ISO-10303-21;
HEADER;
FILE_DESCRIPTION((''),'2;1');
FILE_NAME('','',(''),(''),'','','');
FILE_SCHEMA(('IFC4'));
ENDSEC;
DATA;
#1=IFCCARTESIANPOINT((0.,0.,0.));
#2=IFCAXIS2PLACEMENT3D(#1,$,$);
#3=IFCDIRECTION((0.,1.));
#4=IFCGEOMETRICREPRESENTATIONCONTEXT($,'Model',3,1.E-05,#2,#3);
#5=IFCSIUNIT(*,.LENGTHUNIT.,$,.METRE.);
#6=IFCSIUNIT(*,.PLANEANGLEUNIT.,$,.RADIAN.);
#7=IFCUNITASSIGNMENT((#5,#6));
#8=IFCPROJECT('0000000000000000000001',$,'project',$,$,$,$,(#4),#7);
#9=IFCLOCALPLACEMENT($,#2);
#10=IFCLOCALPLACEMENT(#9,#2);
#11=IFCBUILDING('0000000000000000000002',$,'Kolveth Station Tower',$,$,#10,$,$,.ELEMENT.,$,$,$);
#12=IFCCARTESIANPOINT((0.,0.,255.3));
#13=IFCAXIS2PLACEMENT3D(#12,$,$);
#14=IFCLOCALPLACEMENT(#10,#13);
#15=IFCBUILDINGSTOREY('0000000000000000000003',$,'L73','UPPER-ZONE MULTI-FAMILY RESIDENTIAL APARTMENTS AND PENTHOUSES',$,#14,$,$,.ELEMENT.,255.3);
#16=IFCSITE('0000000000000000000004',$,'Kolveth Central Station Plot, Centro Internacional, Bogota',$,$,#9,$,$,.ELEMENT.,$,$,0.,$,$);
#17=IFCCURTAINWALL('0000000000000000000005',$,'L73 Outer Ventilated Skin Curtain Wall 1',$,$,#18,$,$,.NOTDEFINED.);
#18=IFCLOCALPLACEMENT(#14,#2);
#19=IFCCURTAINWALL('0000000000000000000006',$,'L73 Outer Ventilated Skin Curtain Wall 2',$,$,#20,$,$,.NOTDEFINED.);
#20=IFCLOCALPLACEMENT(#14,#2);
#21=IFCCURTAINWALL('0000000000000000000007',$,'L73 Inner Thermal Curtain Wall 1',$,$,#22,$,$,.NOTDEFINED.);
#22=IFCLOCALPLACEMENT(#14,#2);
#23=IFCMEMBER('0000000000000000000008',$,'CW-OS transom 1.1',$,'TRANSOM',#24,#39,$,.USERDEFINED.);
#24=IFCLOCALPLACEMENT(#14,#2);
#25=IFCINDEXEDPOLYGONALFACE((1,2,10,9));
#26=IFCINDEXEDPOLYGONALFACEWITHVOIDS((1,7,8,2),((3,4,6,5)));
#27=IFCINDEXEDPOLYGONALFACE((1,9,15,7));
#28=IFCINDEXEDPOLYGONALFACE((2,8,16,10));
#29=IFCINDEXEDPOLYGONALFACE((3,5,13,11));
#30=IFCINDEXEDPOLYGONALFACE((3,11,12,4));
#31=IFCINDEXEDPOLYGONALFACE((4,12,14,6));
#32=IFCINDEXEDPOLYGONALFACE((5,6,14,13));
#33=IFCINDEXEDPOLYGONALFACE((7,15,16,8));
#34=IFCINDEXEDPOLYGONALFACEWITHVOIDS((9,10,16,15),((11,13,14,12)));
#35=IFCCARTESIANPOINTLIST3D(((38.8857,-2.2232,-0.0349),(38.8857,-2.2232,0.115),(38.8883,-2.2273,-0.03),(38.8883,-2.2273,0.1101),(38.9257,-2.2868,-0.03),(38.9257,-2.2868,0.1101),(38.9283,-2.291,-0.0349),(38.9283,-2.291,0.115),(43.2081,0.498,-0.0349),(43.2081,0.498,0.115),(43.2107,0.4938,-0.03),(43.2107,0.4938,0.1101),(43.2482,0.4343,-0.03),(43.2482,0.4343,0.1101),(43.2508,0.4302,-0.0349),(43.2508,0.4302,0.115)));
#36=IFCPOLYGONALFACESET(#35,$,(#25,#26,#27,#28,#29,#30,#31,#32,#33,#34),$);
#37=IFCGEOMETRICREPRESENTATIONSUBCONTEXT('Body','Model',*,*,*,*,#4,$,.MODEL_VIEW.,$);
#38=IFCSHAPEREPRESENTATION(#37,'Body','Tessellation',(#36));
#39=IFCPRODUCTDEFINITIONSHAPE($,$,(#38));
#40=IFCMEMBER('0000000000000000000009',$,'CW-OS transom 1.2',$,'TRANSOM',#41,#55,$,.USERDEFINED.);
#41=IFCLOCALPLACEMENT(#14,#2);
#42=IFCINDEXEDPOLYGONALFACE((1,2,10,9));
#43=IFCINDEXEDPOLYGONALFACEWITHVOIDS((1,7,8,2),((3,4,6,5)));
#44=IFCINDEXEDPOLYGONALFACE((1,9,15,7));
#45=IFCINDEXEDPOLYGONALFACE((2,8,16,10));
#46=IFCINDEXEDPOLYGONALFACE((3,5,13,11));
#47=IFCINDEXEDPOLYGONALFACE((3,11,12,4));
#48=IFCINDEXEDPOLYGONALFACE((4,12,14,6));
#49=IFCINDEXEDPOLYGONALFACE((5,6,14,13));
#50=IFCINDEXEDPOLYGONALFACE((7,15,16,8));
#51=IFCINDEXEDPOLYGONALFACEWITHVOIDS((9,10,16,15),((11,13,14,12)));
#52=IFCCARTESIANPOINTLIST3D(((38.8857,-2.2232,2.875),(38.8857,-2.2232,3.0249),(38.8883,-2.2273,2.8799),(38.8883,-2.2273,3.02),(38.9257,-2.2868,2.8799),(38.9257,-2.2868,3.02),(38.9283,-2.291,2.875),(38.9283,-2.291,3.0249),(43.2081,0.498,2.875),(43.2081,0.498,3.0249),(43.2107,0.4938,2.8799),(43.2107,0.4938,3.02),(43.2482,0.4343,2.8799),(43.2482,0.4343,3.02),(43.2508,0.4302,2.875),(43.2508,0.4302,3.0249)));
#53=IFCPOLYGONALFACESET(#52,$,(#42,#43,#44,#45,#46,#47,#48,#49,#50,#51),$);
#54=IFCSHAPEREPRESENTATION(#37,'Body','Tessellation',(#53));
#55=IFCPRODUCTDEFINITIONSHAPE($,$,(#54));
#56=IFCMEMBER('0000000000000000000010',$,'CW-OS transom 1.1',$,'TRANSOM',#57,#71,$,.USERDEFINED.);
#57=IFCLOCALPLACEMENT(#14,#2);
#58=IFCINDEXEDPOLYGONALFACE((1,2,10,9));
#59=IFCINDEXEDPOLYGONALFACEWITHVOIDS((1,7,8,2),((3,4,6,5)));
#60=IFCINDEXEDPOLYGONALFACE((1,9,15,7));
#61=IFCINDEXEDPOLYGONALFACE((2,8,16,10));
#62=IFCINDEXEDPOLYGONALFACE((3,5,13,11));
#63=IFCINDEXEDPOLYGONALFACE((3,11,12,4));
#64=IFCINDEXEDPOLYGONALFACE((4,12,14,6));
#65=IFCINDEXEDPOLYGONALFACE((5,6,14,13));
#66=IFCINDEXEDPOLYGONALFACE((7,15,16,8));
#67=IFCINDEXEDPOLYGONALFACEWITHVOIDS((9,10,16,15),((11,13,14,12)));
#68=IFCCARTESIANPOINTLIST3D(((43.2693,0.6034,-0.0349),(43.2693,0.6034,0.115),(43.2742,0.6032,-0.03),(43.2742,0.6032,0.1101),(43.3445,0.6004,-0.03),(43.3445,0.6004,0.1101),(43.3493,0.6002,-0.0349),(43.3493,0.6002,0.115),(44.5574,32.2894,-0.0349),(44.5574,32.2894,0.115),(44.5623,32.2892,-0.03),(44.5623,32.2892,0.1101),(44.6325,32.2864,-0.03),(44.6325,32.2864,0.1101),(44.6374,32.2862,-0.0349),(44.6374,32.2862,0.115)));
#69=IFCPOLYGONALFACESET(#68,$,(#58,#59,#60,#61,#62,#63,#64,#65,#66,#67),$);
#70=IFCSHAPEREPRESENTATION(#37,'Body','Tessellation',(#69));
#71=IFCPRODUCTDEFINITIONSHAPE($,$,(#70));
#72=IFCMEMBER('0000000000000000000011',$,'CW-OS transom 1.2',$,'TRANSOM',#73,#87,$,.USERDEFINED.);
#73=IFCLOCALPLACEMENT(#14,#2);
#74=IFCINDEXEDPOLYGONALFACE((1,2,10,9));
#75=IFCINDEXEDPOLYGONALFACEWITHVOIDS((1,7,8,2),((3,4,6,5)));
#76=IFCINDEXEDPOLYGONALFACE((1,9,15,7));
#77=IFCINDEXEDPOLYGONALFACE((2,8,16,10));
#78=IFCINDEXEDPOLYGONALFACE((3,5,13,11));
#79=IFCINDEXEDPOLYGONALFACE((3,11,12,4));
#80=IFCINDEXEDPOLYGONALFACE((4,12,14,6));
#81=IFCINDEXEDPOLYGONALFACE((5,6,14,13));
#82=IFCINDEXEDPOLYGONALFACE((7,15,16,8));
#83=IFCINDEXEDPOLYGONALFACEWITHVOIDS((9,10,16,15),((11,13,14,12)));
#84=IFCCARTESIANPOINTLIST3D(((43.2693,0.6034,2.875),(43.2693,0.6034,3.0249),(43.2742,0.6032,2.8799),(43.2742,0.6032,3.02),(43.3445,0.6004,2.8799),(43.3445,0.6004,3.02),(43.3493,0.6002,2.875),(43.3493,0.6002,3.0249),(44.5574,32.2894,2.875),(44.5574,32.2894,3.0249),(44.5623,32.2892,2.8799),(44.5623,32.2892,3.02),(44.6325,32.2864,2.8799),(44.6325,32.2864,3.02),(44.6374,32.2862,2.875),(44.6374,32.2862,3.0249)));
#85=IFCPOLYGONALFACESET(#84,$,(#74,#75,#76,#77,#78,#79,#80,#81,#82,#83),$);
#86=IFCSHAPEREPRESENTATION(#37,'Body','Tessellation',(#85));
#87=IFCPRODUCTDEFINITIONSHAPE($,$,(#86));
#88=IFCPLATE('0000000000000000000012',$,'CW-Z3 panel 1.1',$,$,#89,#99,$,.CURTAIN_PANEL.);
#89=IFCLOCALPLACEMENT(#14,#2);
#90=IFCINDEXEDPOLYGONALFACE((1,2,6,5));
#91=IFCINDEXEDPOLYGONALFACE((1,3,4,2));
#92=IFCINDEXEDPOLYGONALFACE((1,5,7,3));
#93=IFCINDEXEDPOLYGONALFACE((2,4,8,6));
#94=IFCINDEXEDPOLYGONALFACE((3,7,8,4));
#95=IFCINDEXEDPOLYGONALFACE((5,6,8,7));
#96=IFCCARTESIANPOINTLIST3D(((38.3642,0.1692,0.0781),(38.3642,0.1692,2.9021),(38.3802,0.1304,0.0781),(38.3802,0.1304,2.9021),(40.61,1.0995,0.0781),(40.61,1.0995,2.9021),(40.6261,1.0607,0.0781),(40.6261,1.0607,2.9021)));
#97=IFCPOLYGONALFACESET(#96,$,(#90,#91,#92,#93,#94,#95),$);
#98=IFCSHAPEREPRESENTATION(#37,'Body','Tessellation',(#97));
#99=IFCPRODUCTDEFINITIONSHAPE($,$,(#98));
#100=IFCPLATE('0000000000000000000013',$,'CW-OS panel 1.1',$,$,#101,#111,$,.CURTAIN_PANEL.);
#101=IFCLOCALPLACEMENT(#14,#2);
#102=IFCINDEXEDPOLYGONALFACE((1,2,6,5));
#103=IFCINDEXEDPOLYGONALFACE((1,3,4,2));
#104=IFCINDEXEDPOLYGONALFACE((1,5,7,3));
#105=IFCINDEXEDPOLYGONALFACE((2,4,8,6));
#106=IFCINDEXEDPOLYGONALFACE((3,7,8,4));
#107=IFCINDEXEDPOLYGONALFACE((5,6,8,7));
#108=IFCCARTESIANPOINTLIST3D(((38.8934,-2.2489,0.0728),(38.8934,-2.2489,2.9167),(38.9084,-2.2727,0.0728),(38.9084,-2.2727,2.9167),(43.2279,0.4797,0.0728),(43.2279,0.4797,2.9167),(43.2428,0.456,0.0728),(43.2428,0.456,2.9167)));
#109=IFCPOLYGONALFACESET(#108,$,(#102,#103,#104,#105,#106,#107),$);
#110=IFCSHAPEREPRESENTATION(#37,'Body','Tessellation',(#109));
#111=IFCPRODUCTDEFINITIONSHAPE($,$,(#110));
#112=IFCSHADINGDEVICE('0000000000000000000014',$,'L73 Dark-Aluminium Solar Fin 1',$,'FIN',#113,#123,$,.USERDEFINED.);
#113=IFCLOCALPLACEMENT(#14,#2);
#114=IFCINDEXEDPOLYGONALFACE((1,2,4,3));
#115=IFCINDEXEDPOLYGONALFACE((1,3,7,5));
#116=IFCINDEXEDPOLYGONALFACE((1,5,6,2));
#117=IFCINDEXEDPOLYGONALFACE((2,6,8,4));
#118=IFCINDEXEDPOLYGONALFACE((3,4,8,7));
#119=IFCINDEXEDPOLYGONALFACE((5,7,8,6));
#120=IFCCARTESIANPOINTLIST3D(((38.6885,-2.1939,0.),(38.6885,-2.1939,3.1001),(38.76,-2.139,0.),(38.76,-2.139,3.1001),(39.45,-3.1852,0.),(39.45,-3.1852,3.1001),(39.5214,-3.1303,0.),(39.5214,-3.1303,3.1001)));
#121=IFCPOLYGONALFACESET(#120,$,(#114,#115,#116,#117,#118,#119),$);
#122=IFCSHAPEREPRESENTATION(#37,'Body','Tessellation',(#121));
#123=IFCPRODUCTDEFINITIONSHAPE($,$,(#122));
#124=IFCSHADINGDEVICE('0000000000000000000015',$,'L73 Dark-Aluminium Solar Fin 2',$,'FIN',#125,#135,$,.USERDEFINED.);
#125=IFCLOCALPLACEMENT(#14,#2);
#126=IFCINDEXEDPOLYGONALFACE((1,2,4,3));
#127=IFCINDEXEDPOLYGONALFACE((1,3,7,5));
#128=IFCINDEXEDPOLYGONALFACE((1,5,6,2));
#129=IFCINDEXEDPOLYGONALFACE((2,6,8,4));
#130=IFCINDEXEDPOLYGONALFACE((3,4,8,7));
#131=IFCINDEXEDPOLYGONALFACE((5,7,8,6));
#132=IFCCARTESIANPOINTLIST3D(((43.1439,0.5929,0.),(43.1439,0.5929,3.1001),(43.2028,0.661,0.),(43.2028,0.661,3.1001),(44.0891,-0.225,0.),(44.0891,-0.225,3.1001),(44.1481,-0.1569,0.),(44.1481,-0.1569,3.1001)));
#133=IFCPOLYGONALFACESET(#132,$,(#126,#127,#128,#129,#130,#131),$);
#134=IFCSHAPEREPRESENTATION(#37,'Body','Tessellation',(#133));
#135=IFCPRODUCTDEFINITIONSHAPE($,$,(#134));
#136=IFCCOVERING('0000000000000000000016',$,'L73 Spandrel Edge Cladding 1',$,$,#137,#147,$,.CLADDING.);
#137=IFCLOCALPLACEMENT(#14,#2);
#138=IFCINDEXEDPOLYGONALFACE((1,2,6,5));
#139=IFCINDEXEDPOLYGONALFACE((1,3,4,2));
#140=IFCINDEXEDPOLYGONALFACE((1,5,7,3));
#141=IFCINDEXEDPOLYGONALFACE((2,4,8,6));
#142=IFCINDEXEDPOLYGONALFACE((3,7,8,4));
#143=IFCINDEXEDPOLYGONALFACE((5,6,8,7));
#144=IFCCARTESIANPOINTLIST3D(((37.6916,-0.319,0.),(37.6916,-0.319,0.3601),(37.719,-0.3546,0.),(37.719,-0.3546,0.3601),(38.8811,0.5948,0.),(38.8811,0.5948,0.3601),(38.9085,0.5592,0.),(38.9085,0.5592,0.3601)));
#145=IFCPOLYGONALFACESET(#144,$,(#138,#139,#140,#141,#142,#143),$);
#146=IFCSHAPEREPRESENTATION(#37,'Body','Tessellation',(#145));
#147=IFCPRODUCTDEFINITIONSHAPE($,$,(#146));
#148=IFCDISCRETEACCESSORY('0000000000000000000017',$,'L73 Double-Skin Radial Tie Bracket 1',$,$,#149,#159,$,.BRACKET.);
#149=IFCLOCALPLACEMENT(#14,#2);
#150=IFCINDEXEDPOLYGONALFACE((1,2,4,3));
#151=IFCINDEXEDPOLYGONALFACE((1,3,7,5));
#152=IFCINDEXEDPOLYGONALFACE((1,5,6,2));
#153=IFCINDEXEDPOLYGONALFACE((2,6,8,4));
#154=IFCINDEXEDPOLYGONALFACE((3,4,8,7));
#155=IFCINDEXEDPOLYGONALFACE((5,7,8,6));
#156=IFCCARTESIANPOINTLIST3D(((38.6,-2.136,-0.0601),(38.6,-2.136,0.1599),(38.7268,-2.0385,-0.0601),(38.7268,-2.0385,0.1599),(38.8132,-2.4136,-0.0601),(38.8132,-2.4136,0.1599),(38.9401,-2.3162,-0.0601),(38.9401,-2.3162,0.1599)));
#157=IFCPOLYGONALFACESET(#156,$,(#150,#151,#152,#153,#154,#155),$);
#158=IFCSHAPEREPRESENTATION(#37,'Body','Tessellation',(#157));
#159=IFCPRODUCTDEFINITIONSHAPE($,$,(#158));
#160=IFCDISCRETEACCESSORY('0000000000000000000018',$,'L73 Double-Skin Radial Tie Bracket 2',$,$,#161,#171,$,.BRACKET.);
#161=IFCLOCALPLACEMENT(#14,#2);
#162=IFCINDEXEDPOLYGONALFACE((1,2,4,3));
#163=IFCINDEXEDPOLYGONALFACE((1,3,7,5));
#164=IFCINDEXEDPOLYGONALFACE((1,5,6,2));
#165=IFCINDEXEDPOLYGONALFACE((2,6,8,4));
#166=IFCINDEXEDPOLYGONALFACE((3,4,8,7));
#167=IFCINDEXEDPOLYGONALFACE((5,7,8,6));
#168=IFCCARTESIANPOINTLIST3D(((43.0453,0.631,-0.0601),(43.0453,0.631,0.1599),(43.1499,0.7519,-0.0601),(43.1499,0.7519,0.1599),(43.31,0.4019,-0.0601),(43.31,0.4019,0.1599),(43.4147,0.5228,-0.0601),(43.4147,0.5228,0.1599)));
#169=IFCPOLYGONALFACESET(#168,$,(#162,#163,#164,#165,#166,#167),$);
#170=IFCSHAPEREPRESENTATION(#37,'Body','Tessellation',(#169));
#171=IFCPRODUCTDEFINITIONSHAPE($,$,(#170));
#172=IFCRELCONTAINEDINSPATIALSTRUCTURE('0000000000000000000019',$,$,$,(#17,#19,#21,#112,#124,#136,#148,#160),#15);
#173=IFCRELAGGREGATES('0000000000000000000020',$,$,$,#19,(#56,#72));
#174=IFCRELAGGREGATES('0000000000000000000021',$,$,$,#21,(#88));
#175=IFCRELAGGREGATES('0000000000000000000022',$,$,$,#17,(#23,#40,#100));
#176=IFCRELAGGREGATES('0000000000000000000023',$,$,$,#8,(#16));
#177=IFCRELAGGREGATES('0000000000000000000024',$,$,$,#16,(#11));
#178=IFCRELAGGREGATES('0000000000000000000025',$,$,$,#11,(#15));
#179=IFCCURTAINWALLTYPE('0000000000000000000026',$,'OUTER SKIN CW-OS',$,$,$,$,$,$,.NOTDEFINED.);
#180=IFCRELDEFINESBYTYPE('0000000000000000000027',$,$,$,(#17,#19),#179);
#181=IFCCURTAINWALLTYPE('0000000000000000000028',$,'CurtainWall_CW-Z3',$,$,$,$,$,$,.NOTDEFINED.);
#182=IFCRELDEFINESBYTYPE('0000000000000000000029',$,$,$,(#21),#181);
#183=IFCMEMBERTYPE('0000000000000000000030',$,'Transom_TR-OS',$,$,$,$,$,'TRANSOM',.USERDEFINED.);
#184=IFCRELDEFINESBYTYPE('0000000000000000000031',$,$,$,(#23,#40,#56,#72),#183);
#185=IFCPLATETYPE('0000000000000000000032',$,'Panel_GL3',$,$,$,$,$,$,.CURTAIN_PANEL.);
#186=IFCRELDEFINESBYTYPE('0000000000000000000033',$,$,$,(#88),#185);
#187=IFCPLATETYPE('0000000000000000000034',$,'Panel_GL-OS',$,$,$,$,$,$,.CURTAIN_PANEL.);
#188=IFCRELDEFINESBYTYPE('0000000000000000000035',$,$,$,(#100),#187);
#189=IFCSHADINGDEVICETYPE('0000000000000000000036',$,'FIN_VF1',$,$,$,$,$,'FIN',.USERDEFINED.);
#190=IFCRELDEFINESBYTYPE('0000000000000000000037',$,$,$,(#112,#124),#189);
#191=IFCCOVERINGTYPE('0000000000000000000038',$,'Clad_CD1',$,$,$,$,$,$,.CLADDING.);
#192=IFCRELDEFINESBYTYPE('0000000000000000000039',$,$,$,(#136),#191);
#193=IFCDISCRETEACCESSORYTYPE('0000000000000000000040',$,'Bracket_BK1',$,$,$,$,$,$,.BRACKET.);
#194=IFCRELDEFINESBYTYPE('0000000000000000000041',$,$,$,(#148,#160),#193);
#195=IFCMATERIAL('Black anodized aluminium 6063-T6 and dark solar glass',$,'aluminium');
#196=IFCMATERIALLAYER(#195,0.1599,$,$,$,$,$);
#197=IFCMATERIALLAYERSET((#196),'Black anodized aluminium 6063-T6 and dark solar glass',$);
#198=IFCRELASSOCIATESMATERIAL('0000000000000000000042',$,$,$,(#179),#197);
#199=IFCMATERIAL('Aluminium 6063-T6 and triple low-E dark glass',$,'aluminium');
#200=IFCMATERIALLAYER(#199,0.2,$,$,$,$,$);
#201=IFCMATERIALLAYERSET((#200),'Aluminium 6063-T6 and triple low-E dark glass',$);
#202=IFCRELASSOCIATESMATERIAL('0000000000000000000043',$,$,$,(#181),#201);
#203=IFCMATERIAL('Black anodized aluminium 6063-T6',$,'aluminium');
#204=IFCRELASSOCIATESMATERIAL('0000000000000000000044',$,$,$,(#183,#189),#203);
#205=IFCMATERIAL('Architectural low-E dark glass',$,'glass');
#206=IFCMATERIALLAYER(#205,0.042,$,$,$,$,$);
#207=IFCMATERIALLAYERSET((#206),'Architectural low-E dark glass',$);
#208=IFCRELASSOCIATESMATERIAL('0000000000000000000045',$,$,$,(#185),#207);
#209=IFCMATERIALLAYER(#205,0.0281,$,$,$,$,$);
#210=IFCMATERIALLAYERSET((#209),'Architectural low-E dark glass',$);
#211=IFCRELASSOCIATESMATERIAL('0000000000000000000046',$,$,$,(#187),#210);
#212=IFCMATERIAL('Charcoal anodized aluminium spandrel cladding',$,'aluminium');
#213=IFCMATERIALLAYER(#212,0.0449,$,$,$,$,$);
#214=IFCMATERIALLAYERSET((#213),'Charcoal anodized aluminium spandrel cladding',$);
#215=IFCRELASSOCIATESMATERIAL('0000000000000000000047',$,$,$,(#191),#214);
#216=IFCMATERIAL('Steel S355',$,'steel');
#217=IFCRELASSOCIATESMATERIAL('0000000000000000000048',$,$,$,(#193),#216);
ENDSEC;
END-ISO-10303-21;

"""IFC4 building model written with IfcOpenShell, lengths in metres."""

from ifc_helpers import new_model, si_unit, direction, frame, origin, origin_2d, place, context, subcontext, project, spatial, rectangle, hollow_rectangle, extrude, source, transform, mapped, material, layer, layer_set, material_profile, profile_set, type_object, element, aggregate, save


model = new_model("IFC4")

# Units and contexts
model_context = context("Model", 3, precision=1e-05, world=origin(), true_north=direction((0.0, 1.0)))
body_context = subcontext(model_context, "Body", "Model", "MODEL_VIEW")
ifc_project = project(units=[si_unit("LENGTHUNIT", "METRE"), si_unit("PLANEANGLEUNIT", "RADIAN")], contexts=[model_context])

# Site, building, storey
site_placement = place(None, origin())
site = spatial("IfcSite", under=ifc_project, at=site_placement, Name="Kolveth Central Station Plot, Centro Internacional, Bogota", CompositionType="ELEMENT", RefElevation=0.0)
building_placement = place(site_placement, origin())
building = spatial("IfcBuilding", under=site, at=building_placement, Name="Kolveth Station Tower", CompositionType="ELEMENT")
storey_placement = place(building_placement, frame((0.0, 0.0, 255.3)))
storey = spatial("IfcBuildingStorey", under=building, at=storey_placement, Name="L73", Description="UPPER-ZONE MULTI-FAMILY RESIDENTIAL APARTMENTS AND PENTHOUSES", CompositionType="ELEMENT", Elevation=255.3)

# Curtain wall
ifc_material_1 = material(Name="Black anodized aluminium 6063-T6 and dark solar glass", Category="aluminium")
ifc_layer_1 = layer(ifc_material_1, 0.1599)
ifc_layer_set_1 = layer_set([ifc_layer_1], Name="Black anodized aluminium 6063-T6 and dark solar glass")
curtain_wall_type_1 = type_object("IfcCurtainWallType", Name="OUTER SKIN CW-OS", PredefinedType="NOTDEFINED", material=ifc_layer_set_1)
curtain_wall_1_placement = place(storey_placement, origin())
curtain_wall_1 = element("IfcCurtainWall", 1, at=curtain_wall_1_placement, inside=storey, type_object=curtain_wall_type_1, Name="L73 Outer Ventilated Skin Curtain Wall 1", PredefinedType="NOTDEFINED")
ifc_material_2 = material(Name="Black anodized aluminium 6063-T6", Category="aluminium")

# Curtain wall
curtain_wall_2_placement = place(storey_placement, origin())
curtain_wall_2 = element("IfcCurtainWall", 2, at=curtain_wall_2_placement, inside=storey, type_object=curtain_wall_type_1, Name="L73 Outer Ventilated Skin Curtain Wall 2", PredefinedType="NOTDEFINED")

# Curtain wall
ifc_material_3 = material(Name="Aluminium 6063-T6 and triple low-E dark glass", Category="aluminium")
ifc_layer_2 = layer(ifc_material_3, 0.2)
ifc_layer_set_2 = layer_set([ifc_layer_2], Name="Aluminium 6063-T6 and triple low-E dark glass")
curtain_wall_type_2 = type_object("IfcCurtainWallType", Name="CurtainWall_CW-Z3", PredefinedType="NOTDEFINED", material=ifc_layer_set_2)
curtain_wall_3_placement = place(storey_placement, origin())
curtain_wall_3 = element("IfcCurtainWall", 3, at=curtain_wall_3_placement, inside=storey, type_object=curtain_wall_type_2, Name="L73 Inner Thermal Curtain Wall 1", PredefinedType="NOTDEFINED")

# Members
ifc_material_profile_1 = material_profile(ifc_material_2, hollow_rectangle(XDim=0.0801, YDim=0.1499, WallThickness=0.0049, at=origin_2d()), Name="ALU-80x150x5")
ifc_profile_set_1 = profile_set([ifc_material_profile_1], Name="Black anodized aluminium 6063-T6")
member_type_1 = type_object("IfcMemberType", Name="Transom_TR-OS", ElementType="TRANSOM", PredefinedType="USERDEFINED", material=ifc_profile_set_1)
shared_shape_1 = source(origin(), body_context, "Body", "SweptSolid", [
    extrude(hollow_rectangle(XDim=0.0801, YDim=0.1499, WallThickness=0.0049, at=origin_2d()), origin(), (0.0, 0.0, 1.0), 5.1077),
])
member_1_placement = place(storey_placement, frame((38.907, -2.2571, 0.04), z_axis=(0.846267, 0.532759, 0.0), x_axis=(-0.532759, 0.846267, 0.0)))
member_1 = element("IfcMember", 4, at=member_1_placement, type_object=member_type_1, Name="CW-OS transom 1.1", ObjectType="TRANSOM", PredefinedType="USERDEFINED", context=body_context, shape_type="MappedRepresentation", body=[
    mapped(shared_shape_1, transform((0.0, 0.0, 0.0), x_axis=(1.0, 0.0, 0.0), y_axis=(0.0, 1.0, 0.0), z_axis=(0.0, 0.0, 1.0), scale=1.0)),
])
member_2_placement = place(storey_placement, frame((38.907, -2.2571, 2.95), z_axis=(0.846267, 0.532759, 0.0), x_axis=(-0.532759, 0.846267, 0.0)))
member_2 = element("IfcMember", 5, at=member_2_placement, type_object=member_type_1, Name="CW-OS transom 1.2", ObjectType="TRANSOM", PredefinedType="USERDEFINED", context=body_context, shape_type="MappedRepresentation", body=[
    mapped(shared_shape_1, transform((0.0, 0.0, 0.0), x_axis=(1.0, 0.0, 0.0), y_axis=(0.0, 1.0, 0.0), z_axis=(0.0, 0.0, 1.0), scale=1.0)),
])
shared_shape_2 = source(origin(), body_context, "Body", "SweptSolid", [
    extrude(hollow_rectangle(XDim=0.0801, YDim=0.1499, WallThickness=0.0049, at=origin_2d()), origin(), (0.0, 0.0, 1.0), 31.7122),
])
member_3_placement = place(storey_placement, frame((43.3093, 0.6018, 0.04), z_axis=(0.040618, 0.999175, 0.0), x_axis=(-0.999175, 0.040618, 0.0)))
member_3 = element("IfcMember", 6, at=member_3_placement, type_object=member_type_1, Name="CW-OS transom 1.1", ObjectType="TRANSOM", PredefinedType="USERDEFINED", context=body_context, shape_type="MappedRepresentation", body=[
    mapped(shared_shape_2, transform((0.0, 0.0, 0.0), x_axis=(1.0, 0.0, 0.0), y_axis=(0.0, 1.0, 0.0), z_axis=(0.0, 0.0, 1.0), scale=1.0)),
])
member_4_placement = place(storey_placement, frame((43.3093, 0.6018, 2.95), z_axis=(0.040618, 0.999175, 0.0), x_axis=(-0.999175, 0.040618, 0.0)))
member_4 = element("IfcMember", 7, at=member_4_placement, type_object=member_type_1, Name="CW-OS transom 1.2", ObjectType="TRANSOM", PredefinedType="USERDEFINED", context=body_context, shape_type="MappedRepresentation", body=[
    mapped(shared_shape_2, transform((0.0, 0.0, 0.0), x_axis=(1.0, 0.0, 0.0), y_axis=(0.0, 1.0, 0.0), z_axis=(0.0, 0.0, 1.0), scale=1.0)),
])
aggregate(curtain_wall_2, [member_3, member_4])

# Plates
ifc_material_4 = material(Name="Architectural low-E dark glass", Category="glass")
ifc_layer_3 = layer(ifc_material_4, 0.042)
ifc_layer_set_3 = layer_set([ifc_layer_3], Name="Architectural low-E dark glass")
plate_type_1 = type_object("IfcPlateType", Name="Panel_GL3", PredefinedType="CURTAIN_PANEL", material=ifc_layer_set_3)
shared_shape_3 = source(origin(), body_context, "Body", "SweptSolid", [
    extrude(rectangle(XDim=2.4309, YDim=0.042, at=origin_2d()), origin(), (0.0, 0.0, 1.0), 2.824),
])
plate_1_placement = place(storey_placement, frame((39.4951, 0.615, 0.0781), z_axis=(0.0, 0.0, 1.0), x_axis=(0.923875, 0.382693, 0.0)))
plate_1 = element("IfcPlate", 8, at=plate_1_placement, type_object=plate_type_1, Name="CW-Z3 panel 1.1", PredefinedType="CURTAIN_PANEL", context=body_context, shape_type="MappedRepresentation", body=[
    mapped(shared_shape_3, transform((0.0, 0.0, 0.0), x_axis=(1.0, 0.0, 0.0), y_axis=(0.0, 1.0, 0.0), z_axis=(0.0, 0.0, 1.0), scale=1.0)),
])
aggregate(curtain_wall_3, [plate_1])
ifc_layer_4 = layer(ifc_material_4, 0.0281)
ifc_layer_set_4 = layer_set([ifc_layer_4], Name="Architectural low-E dark glass")
plate_type_2 = type_object("IfcPlateType", Name="Panel_GL-OS", PredefinedType="CURTAIN_PANEL", material=ifc_layer_set_4)
shared_shape_4 = source(origin(), body_context, "Body", "SweptSolid", [
    extrude(rectangle(XDim=5.1218, YDim=0.0281, at=origin_2d()), origin(), (0.0, 0.0, 1.0), 2.844),
])
plate_2_placement = place(storey_placement, frame((41.0681, -0.8965, 0.0728), z_axis=(0.0, 0.0, 1.0), x_axis=(0.846275, 0.532747, 0.0)))
plate_2 = element("IfcPlate", 9, at=plate_2_placement, type_object=plate_type_2, Name="CW-OS panel 1.1", PredefinedType="CURTAIN_PANEL", context=body_context, shape_type="MappedRepresentation", body=[
    mapped(shared_shape_4, transform((0.0, 0.0, 0.0), x_axis=(1.0, 0.0, 0.0), y_axis=(0.0, 1.0, 0.0), z_axis=(0.0, 0.0, 1.0), scale=1.0)),
])
aggregate(curtain_wall_1, [member_1, member_2, plate_2])

# Shading devices
shading_device_type = type_object("IfcShadingDeviceType", Name="FIN_VF1", ElementType="FIN", PredefinedType="USERDEFINED", material=ifc_material_2)
shared_shape_5 = source(origin(), body_context, "Body", "SweptSolid", [
    extrude(rectangle(XDim=1.25, YDim=0.0901, at=origin_2d()), origin(), (0.0, 0.0, 1.0), 3.1001),
])
for number, where, z_axis, x_axis, name in (
    (10, (39.105, -2.6621, 0.0), (0.0, 0.0, 1.0), (0.609177, -0.793034, 0.0), "L73 Dark-Aluminium Solar Fin 1"),
    (11, (43.646, 0.218, 0.0), (0.0, 0.0, 1.0), (0.756196, -0.654345, 0.0), "L73 Dark-Aluminium Solar Fin 2"),
):
    element("IfcShadingDevice", number, at=place(storey_placement, frame(where, z_axis=z_axis, x_axis=x_axis)), inside=storey, type_object=shading_device_type, Name=name, ObjectType="FIN", PredefinedType="USERDEFINED", context=body_context, shape_type="MappedRepresentation", body=[
        mapped(shared_shape_5, transform((0.0, 0.0, 0.0), x_axis=(1.0, 0.0, 0.0), y_axis=(0.0, 1.0, 0.0), z_axis=(0.0, 0.0, 1.0), scale=1.0)),
    ])

# Covering
ifc_material_5 = material(Name="Charcoal anodized aluminium spandrel cladding", Category="aluminium")
ifc_layer_5 = layer(ifc_material_5, 0.0449)
ifc_layer_set_5 = layer_set([ifc_layer_5], Name="Charcoal anodized aluminium spandrel cladding")
covering_type = type_object("IfcCoveringType", Name="Clad_CD1", PredefinedType="CLADDING", material=ifc_layer_set_5)
shared_shape_6 = source(origin(), body_context, "Body", "SweptSolid", [
    extrude(rectangle(XDim=1.5, YDim=0.0449, at=origin_2d()), origin(), (0.0, 0.0, 1.0), 0.3601),
])
covering_placement = place(storey_placement, frame((38.3, 0.1201, 0.0), z_axis=(0.0, 0.0, 1.0), x_axis=(0.793034, 0.609177, 0.0)))
element("IfcCovering", 12, at=covering_placement, inside=storey, type_object=covering_type, Name="L73 Spandrel Edge Cladding 1", PredefinedType="CLADDING", context=body_context, shape_type="MappedRepresentation", body=[
    mapped(shared_shape_6, transform((0.0, 0.0, 0.0), x_axis=(1.0, 0.0, 0.0), y_axis=(0.0, 1.0, 0.0), z_axis=(0.0, 0.0, 1.0), scale=1.0)),
])

# Discrete accessories
ifc_material_6 = material(Name="Steel S355", Category="steel")
discrete_accessory_type = type_object("IfcDiscreteAccessoryType", Name="Bracket_BK1", PredefinedType="BRACKET", material=ifc_material_6)
shared_shape_7 = source(origin(), body_context, "Body", "SweptSolid", [
    extrude(rectangle(XDim=0.3501, YDim=0.1599, at=origin_2d()), origin(), (0.0, 0.0, 1.0), 0.22),
])
for number, where, z_axis, x_axis, name in (
    (13, (38.77, -2.2261, -0.0601), (0.0, 0.0, 1.0), (0.609177, -0.793034, 0.0), "L73 Double-Skin Radial Tie Bracket 1"),
    (14, (43.23, 0.5769, -0.0601), (0.0, 0.0, 1.0), (0.756196, -0.654345, 0.0), "L73 Double-Skin Radial Tie Bracket 2"),
):
    element("IfcDiscreteAccessory", number, at=place(storey_placement, frame(where, z_axis=z_axis, x_axis=x_axis)), inside=storey, type_object=discrete_accessory_type, Name=name, PredefinedType="BRACKET", context=body_context, shape_type="MappedRepresentation", body=[
        mapped(shared_shape_7, transform((0.0, 0.0, 0.0), x_axis=(1.0, 0.0, 0.0), y_axis=(0.0, 1.0, 0.0), z_axis=(0.0, 0.0, 1.0), scale=1.0)),
    ])

save(model, "model.ifc")
